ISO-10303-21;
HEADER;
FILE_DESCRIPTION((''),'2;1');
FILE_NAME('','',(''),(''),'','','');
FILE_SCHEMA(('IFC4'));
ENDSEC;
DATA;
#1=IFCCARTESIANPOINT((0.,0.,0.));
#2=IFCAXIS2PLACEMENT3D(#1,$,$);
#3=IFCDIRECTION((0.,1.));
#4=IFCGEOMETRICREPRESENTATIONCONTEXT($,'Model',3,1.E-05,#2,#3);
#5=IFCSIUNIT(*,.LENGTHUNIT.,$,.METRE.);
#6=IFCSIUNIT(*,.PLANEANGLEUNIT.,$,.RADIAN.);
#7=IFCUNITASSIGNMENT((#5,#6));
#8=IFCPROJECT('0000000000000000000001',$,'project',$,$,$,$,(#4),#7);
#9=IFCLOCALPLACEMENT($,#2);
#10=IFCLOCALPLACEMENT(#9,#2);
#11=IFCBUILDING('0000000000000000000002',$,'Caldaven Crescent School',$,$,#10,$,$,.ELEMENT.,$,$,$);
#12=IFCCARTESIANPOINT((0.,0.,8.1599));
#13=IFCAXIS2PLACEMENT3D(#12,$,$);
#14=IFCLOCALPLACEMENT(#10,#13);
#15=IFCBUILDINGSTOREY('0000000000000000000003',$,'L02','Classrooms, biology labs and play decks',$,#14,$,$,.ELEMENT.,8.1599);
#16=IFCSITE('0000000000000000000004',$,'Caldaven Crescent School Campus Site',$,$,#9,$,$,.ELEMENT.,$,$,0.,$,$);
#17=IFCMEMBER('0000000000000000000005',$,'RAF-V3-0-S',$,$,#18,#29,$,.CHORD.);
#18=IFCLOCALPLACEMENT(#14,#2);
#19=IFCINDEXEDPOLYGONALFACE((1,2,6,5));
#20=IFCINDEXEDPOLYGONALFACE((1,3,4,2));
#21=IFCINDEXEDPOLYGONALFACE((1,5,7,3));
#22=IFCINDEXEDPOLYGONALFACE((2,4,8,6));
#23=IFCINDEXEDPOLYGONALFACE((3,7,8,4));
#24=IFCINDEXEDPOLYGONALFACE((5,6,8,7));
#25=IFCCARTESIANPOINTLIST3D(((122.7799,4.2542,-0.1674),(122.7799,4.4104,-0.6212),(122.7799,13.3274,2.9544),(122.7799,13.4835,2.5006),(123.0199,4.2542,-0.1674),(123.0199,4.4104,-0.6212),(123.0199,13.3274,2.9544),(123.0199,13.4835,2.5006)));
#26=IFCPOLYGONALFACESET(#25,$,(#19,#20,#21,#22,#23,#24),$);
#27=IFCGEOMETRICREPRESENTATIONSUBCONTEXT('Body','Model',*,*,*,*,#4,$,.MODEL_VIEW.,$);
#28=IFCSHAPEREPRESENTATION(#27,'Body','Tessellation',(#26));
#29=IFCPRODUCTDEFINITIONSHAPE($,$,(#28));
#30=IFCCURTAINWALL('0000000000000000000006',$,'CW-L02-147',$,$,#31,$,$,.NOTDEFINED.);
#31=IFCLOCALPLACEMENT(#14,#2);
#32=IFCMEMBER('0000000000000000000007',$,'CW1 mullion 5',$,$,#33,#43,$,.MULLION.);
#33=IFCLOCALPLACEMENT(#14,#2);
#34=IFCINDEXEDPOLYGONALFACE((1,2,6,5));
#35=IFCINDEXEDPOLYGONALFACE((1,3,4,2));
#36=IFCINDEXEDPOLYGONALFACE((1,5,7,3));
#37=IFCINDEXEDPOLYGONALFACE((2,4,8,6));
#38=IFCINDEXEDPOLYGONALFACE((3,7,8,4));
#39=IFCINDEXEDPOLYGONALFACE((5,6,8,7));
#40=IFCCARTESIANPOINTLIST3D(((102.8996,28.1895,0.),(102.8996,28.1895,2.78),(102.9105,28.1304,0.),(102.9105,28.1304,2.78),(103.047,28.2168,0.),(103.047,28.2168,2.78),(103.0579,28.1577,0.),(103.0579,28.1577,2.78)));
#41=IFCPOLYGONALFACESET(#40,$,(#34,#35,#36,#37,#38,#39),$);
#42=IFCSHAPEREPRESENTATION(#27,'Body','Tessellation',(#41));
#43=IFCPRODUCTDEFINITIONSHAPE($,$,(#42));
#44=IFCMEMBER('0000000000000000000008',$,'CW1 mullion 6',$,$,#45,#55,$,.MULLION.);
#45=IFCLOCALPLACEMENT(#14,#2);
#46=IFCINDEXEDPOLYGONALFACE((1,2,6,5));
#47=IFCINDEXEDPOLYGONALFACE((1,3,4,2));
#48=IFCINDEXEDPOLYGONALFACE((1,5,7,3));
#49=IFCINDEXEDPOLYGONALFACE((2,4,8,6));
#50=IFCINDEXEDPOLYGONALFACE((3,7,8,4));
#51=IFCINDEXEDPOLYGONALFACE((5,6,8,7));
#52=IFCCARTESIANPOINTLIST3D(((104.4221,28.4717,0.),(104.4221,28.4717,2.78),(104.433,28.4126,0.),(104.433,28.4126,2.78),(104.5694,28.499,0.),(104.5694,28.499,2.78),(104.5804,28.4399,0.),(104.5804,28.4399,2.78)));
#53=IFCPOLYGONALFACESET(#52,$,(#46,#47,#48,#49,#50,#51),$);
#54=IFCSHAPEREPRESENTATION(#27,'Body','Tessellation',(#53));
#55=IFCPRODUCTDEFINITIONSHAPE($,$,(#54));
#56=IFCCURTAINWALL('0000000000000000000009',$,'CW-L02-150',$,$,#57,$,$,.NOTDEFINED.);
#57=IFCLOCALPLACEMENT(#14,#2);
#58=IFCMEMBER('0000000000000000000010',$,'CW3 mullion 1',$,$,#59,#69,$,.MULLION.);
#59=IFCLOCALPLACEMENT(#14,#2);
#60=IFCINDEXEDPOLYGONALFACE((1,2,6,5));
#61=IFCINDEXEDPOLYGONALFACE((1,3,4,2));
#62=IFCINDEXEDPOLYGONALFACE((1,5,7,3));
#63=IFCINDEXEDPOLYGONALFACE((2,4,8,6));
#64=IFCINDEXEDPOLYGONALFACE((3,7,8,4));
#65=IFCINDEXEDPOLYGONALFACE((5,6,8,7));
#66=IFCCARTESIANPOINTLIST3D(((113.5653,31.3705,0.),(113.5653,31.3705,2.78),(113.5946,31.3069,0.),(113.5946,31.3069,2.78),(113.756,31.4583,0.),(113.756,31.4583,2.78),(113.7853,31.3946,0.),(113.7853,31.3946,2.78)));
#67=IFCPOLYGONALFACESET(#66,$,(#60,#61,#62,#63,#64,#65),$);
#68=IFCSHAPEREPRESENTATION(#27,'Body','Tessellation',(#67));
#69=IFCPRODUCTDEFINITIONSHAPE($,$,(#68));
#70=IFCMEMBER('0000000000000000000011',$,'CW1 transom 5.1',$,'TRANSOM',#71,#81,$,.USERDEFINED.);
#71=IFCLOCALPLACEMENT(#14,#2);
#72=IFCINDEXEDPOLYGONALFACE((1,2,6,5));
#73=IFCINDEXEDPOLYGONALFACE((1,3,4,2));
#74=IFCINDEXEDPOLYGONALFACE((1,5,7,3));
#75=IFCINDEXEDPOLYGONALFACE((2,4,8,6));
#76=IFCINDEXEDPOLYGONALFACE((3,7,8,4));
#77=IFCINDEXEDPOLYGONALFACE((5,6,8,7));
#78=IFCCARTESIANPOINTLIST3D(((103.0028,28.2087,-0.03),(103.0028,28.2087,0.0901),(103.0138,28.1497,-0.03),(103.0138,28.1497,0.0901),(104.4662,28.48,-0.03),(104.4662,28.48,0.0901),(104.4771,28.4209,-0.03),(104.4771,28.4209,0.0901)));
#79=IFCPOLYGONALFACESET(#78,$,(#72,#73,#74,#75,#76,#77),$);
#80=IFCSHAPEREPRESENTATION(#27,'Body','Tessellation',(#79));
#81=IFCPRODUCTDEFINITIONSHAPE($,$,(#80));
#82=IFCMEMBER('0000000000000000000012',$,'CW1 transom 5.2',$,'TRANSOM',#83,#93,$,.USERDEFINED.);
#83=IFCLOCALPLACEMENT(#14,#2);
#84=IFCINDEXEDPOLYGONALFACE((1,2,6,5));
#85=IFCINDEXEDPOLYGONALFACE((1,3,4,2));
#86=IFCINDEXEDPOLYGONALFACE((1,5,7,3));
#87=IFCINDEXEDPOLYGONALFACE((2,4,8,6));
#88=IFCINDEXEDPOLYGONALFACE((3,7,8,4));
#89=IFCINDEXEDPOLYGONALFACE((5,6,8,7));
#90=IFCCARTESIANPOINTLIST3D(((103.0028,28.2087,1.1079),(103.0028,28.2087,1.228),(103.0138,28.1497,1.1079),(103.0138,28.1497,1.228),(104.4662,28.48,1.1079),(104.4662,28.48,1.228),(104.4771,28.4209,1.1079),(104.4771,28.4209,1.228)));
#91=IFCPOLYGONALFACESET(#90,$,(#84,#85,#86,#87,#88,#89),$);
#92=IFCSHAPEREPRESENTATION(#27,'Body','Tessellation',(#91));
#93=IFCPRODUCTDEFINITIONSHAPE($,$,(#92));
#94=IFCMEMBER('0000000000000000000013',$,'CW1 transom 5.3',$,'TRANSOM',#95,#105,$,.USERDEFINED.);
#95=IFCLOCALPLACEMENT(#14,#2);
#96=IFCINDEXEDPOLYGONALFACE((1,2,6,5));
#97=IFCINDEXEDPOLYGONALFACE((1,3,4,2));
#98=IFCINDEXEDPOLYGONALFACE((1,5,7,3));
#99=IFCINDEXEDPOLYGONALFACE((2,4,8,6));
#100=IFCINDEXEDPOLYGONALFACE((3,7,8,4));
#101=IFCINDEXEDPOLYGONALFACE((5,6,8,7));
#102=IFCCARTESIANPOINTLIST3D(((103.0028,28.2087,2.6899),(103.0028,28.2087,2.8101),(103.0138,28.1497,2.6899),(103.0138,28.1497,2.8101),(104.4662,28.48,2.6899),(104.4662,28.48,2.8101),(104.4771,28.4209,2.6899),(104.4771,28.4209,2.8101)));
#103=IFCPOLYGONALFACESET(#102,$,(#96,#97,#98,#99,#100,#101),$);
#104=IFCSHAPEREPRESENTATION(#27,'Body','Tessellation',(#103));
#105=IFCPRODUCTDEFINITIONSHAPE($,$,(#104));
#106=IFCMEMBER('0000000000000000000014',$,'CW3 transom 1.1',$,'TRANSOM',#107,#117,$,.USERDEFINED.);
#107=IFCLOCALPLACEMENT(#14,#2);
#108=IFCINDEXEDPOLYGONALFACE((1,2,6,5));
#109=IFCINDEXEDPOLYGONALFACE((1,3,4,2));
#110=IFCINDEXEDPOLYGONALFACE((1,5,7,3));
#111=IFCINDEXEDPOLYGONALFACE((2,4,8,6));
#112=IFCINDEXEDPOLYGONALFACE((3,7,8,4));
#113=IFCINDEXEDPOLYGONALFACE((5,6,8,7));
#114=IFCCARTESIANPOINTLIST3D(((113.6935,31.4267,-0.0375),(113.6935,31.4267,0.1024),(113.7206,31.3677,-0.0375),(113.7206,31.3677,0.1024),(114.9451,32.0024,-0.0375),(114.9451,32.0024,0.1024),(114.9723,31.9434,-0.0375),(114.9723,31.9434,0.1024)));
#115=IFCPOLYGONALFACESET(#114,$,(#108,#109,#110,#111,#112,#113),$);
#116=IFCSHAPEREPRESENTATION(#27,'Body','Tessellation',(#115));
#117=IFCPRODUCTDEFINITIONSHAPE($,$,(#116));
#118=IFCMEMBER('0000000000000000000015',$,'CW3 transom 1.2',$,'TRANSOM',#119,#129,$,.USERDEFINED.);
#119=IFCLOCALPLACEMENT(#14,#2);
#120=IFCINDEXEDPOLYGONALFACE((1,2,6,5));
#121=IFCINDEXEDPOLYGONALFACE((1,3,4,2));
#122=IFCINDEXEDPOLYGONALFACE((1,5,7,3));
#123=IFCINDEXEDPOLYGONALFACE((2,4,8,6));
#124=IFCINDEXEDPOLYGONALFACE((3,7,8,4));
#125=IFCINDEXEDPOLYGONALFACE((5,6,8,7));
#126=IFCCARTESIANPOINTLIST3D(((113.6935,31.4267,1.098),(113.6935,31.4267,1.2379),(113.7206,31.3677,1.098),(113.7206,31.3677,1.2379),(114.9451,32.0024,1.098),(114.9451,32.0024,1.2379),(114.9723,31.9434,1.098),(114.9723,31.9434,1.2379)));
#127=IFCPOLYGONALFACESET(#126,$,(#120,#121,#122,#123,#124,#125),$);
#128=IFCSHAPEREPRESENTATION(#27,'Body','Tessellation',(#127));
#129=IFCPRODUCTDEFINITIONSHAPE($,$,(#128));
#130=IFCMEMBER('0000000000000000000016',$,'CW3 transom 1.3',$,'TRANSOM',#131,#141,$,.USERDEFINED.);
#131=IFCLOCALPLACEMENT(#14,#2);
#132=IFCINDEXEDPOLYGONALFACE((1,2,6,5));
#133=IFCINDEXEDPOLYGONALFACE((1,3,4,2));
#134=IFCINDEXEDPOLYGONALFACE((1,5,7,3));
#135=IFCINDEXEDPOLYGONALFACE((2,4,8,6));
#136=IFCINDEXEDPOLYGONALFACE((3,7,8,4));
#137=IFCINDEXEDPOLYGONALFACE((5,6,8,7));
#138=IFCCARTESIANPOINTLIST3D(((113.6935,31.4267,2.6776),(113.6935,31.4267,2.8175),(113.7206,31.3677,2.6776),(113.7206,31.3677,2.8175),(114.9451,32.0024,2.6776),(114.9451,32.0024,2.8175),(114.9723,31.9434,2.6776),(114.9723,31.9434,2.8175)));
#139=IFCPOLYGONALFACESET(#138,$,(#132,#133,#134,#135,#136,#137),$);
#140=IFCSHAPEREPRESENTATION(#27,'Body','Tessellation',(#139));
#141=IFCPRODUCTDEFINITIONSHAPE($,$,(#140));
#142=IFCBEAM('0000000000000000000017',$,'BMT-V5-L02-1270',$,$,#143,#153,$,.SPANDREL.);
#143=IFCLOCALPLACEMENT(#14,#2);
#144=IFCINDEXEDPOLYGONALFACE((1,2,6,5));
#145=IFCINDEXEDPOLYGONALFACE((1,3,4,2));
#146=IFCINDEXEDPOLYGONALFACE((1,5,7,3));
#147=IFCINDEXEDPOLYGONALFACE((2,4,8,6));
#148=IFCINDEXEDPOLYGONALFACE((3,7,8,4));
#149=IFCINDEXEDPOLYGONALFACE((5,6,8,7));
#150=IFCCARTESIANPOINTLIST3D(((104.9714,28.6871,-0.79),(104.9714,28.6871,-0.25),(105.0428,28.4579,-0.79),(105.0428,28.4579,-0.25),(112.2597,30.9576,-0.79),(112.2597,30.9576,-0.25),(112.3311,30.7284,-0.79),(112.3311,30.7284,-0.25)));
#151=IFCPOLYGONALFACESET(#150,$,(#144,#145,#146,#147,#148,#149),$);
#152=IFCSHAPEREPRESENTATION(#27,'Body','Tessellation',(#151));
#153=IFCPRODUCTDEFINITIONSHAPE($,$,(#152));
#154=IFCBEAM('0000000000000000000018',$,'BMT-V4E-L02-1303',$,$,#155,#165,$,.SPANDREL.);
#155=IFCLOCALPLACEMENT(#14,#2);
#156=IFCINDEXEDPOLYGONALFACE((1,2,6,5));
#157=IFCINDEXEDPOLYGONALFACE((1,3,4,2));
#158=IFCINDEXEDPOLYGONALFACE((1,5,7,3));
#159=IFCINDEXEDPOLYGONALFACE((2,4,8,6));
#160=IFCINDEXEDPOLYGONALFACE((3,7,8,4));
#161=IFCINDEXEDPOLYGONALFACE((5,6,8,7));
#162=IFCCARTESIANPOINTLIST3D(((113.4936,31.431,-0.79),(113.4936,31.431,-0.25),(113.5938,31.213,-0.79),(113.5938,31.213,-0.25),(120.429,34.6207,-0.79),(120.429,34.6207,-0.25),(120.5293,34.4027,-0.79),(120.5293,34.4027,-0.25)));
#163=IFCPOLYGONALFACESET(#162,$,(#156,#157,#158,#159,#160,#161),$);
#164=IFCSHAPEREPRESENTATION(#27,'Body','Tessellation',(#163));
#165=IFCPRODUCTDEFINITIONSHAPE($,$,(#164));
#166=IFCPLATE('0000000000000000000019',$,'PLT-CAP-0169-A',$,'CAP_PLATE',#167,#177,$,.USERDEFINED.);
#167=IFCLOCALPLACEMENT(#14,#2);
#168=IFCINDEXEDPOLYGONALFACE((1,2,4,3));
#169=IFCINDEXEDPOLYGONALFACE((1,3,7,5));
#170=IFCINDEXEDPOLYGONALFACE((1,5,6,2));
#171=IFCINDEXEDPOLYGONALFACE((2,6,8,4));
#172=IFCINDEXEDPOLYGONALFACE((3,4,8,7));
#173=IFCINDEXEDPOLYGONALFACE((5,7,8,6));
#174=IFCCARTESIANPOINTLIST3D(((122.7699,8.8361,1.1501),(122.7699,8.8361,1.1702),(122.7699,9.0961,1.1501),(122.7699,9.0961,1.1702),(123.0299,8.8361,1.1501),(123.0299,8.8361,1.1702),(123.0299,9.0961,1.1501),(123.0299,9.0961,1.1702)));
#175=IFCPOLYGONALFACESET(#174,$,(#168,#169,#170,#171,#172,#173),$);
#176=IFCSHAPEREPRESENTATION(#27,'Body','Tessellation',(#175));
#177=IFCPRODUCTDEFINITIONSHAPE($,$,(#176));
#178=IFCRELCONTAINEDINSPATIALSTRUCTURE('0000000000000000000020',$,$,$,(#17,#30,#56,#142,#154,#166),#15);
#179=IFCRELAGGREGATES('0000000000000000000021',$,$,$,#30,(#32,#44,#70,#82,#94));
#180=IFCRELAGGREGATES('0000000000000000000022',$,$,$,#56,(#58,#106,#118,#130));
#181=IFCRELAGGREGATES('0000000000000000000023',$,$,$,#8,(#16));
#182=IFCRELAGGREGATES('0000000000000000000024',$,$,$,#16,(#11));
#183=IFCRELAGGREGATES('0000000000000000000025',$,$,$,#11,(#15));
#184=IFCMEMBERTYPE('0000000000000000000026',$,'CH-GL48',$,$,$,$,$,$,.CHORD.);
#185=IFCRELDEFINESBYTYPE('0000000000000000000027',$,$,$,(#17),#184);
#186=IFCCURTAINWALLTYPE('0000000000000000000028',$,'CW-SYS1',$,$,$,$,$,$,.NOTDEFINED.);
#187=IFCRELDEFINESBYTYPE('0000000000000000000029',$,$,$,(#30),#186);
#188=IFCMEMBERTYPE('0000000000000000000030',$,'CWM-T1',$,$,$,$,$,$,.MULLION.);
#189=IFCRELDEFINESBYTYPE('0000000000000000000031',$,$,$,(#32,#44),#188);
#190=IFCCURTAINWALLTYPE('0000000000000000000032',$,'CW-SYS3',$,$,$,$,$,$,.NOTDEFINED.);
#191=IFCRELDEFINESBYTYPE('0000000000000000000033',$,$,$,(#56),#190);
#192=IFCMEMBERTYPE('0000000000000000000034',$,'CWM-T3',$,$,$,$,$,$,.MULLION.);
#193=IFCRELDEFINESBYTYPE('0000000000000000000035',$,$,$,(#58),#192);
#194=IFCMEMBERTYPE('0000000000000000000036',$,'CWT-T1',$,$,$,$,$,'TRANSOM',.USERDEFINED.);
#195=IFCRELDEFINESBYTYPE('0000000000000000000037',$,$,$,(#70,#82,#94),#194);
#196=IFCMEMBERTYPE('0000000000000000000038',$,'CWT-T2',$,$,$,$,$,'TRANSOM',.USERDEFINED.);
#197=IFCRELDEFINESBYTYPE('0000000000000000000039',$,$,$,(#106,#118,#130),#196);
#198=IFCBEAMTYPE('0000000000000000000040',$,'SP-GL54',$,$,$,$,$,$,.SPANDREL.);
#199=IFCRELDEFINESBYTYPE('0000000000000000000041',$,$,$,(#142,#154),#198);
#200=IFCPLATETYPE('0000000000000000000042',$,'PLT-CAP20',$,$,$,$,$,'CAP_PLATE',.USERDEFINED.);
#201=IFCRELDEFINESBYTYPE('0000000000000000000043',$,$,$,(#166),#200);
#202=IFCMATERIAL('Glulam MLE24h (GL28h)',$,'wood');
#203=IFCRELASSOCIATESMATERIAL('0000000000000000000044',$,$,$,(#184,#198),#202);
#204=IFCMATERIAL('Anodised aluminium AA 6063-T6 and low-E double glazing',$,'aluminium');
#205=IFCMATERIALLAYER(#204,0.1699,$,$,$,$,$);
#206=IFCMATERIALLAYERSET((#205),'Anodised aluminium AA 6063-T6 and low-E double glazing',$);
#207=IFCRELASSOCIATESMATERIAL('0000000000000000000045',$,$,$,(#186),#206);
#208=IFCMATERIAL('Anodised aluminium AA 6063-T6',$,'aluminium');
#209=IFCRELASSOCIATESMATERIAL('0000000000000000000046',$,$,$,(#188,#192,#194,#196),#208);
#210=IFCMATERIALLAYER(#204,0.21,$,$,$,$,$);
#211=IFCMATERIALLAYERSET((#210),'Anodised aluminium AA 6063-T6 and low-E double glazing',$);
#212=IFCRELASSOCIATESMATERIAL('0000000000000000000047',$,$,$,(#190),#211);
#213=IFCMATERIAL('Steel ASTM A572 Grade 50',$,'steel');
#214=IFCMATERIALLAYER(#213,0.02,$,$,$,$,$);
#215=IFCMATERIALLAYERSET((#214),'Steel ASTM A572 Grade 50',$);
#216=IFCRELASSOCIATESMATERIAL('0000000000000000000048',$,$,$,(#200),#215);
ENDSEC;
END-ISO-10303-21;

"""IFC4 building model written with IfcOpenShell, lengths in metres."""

from ifc_helpers import new_model, si_unit, direction, frame, origin, origin_2d, place, context, subcontext, project, spatial, rectangle, extrude, material, layer, layer_set, material_profile, profile_set, type_object, element, aggregate, save


model = new_model("IFC4")

# Units and contexts
model_context = context("Model", 3, precision=1e-05, world=origin(), true_north=direction((0.0, 1.0)))
body_context = subcontext(model_context, "Body", "Model", "MODEL_VIEW")
ifc_project = project(units=[si_unit("LENGTHUNIT", "METRE"), si_unit("PLANEANGLEUNIT", "RADIAN")], contexts=[model_context])

# Site, building, storey
site_placement = place(None, origin())
site = spatial("IfcSite", under=ifc_project, at=site_placement, Name="Caldaven Crescent School Campus Site", CompositionType="ELEMENT", RefElevation=0.0)
building_placement = place(site_placement, origin())
building = spatial("IfcBuilding", under=site, at=building_placement, Name="Caldaven Crescent School", CompositionType="ELEMENT")
storey_placement = place(building_placement, frame((0.0, 0.0, 8.1599)))
storey = spatial("IfcBuildingStorey", under=building, at=storey_placement, Name="L02", Description="Classrooms, biology labs and play decks", CompositionType="ELEMENT", Elevation=8.1599)

# Shared definitions
ifc_material_1 = material(Name="Glulam MLE24h (GL28h)", Category="wood")

# Shared definitions
ifc_material_2 = material(Name="Steel ASTM A572 Grade 50", Category="steel")

# Member
ifc_material_profile_1 = material_profile(ifc_material_1, rectangle(XDim=0.24, YDim=0.48, at=origin_2d()), Name="MLE 240x480")
ifc_profile_set_1 = profile_set([ifc_material_profile_1], Name="Glulam MLE24h (GL28h)")
member_type_1 = type_object("IfcMemberType", Name="CH-GL48", PredefinedType="CHORD", material=ifc_profile_set_1)
member_1_placement = place(storey_placement, frame((122.8999, 4.3323, -0.3943), z_axis=(0.0, 0.945594, 0.32535), x_axis=(-1.0, 0.0, 0.0)))
element("IfcMember", 1, at=member_1_placement, inside=storey, type_object=member_type_1, Name="RAF-V3-0-S", PredefinedType="CHORD", context=body_context, shape_type="SweptSolid", body=[
    extrude(rectangle(XDim=0.24, YDim=0.48, at=origin_2d()), origin(), (0.0, 0.0, 1.0), 9.5952),
])

# Curtain wall, members
ifc_material_3 = material(Name="Anodised aluminium AA 6063-T6 and low-E double glazing", Category="aluminium")
ifc_layer_1 = layer(ifc_material_3, 0.1699)
ifc_layer_set_1 = layer_set([ifc_layer_1], Name="Anodised aluminium AA 6063-T6 and low-E double glazing")
curtain_wall_type_1 = type_object("IfcCurtainWallType", Name="CW-SYS1", PredefinedType="NOTDEFINED", material=ifc_layer_set_1)
curtain_wall_1_placement = place(storey_placement, origin())
curtain_wall_1 = element("IfcCurtainWall", 2, at=curtain_wall_1_placement, inside=storey, type_object=curtain_wall_type_1, Name="CW-L02-147", PredefinedType="NOTDEFINED")
ifc_material_4 = material(Name="Anodised aluminium AA 6063-T6", Category="aluminium")
ifc_material_profile_2 = material_profile(ifc_material_4, rectangle(XDim=0.0601, YDim=0.1499, at=origin_2d()), Name="CWM 60x150")
ifc_profile_set_2 = profile_set([ifc_material_profile_2], Name="Anodised aluminium AA 6063-T6")
member_type_2 = type_object("IfcMemberType", Name="CWM-T1", PredefinedType="MULLION", material=ifc_profile_set_2)
member_2_placement = place(storey_placement, frame((102.9788, 28.1736, 0.0), z_axis=(0.0, 0.0, 1.0), x_axis=(-0.182235, 0.983255, 0.0)))
member_2 = element("IfcMember", 3, at=member_2_placement, type_object=member_type_2, Name="CW1 mullion 5", PredefinedType="MULLION", context=body_context, shape_type="SweptSolid", body=[
    extrude(rectangle(XDim=0.0601, YDim=0.1499, at=origin_2d()), origin(), (0.0, 0.0, 1.0), 2.78),
])
member_3_placement = place(storey_placement, frame((104.5012, 28.4558, 0.0), z_axis=(0.0, 0.0, 1.0), x_axis=(-0.182235, 0.983255, 0.0)))
member_3 = element("IfcMember", 4, at=member_3_placement, type_object=member_type_2, Name="CW1 mullion 6", PredefinedType="MULLION", context=body_context, shape_type="SweptSolid", body=[
    extrude(rectangle(XDim=0.0601, YDim=0.1499, at=origin_2d()), origin(), (0.0, 0.0, 1.0), 2.78),
])

# Curtain wall, member
ifc_layer_2 = layer(ifc_material_3, 0.21)
ifc_layer_set_2 = layer_set([ifc_layer_2], Name="Anodised aluminium AA 6063-T6 and low-E double glazing")
curtain_wall_type_2 = type_object("IfcCurtainWallType", Name="CW-SYS3", PredefinedType="NOTDEFINED", material=ifc_layer_set_2)
curtain_wall_2_placement = place(storey_placement, origin())
curtain_wall_2 = element("IfcCurtainWall", 5, at=curtain_wall_2_placement, inside=storey, type_object=curtain_wall_type_2, Name="CW-L02-150", PredefinedType="NOTDEFINED")
ifc_material_profile_3 = material_profile(ifc_material_4, rectangle(XDim=0.0701, YDim=0.21, at=origin_2d()), Name="CWM 70x210")
ifc_profile_set_3 = profile_set([ifc_material_profile_3], Name="Anodised aluminium AA 6063-T6")
member_type_3 = type_object("IfcMemberType", Name="CWM-T3", PredefinedType="MULLION", material=ifc_profile_set_3)
member_4_placement = place(storey_placement, frame((113.6753, 31.3826, 0.0), z_axis=(0.0, 0.0, 1.0), x_axis=(-0.417823, 0.908528, 0.0)))
member_4 = element("IfcMember", 6, at=member_4_placement, type_object=member_type_3, Name="CW3 mullion 1", PredefinedType="MULLION", context=body_context, shape_type="SweptSolid", body=[
    extrude(rectangle(XDim=0.0701, YDim=0.21, at=origin_2d()), origin(), (0.0, 0.0, 1.0), 2.78),
])

# Members
ifc_material_profile_4 = material_profile(ifc_material_4, rectangle(XDim=0.0601, YDim=0.1201, at=origin_2d()), Name="CWT 60x120")
ifc_profile_set_4 = profile_set([ifc_material_profile_4], Name="Anodised aluminium AA 6063-T6")
member_type_4 = type_object("IfcMemberType", Name="CWT-T1", ElementType="TRANSOM", PredefinedType="USERDEFINED", material=ifc_profile_set_4)
member_5_placement = place(storey_placement, frame((103.0083, 28.1792, 0.03), z_axis=(0.983253, 0.182248, 0.0), x_axis=(-0.182248, 0.983253, 0.0)))
member_5 = element("IfcMember", 7, at=member_5_placement, type_object=member_type_4, Name="CW1 transom 5.1", ObjectType="TRANSOM", PredefinedType="USERDEFINED", context=body_context, shape_type="SweptSolid", body=[
    extrude(rectangle(XDim=0.0601, YDim=0.1201, at=origin_2d()), origin(), (0.0, 0.0, 1.0), 1.4883),
])
member_6_placement = place(storey_placement, frame((103.0083, 28.1792, 1.168), z_axis=(0.983253, 0.182248, 0.0), x_axis=(-0.182248, 0.983253, 0.0)))
member_6 = element("IfcMember", 8, at=member_6_placement, type_object=member_type_4, Name="CW1 transom 5.2", ObjectType="TRANSOM", PredefinedType="USERDEFINED", context=body_context, shape_type="SweptSolid", body=[
    extrude(rectangle(XDim=0.0601, YDim=0.1201, at=origin_2d()), origin(), (0.0, 0.0, 1.0), 1.4883),
])
member_7_placement = place(storey_placement, frame((103.0083, 28.1792, 2.75), z_axis=(0.983253, 0.182248, 0.0), x_axis=(-0.182248, 0.983253, 0.0)))
member_7 = element("IfcMember", 9, at=member_7_placement, type_object=member_type_4, Name="CW1 transom 5.3", ObjectType="TRANSOM", PredefinedType="USERDEFINED", context=body_context, shape_type="SweptSolid", body=[
    extrude(rectangle(XDim=0.0601, YDim=0.1201, at=origin_2d()), origin(), (0.0, 0.0, 1.0), 1.4883),
])
ifc_material_profile_5 = material_profile(ifc_material_4, rectangle(XDim=0.0649, YDim=0.1399, at=origin_2d()), Name="CWT 65x140")
ifc_profile_set_5 = profile_set([ifc_material_profile_5], Name="Anodised aluminium AA 6063-T6")
member_type_5 = type_object("IfcMemberType", Name="CWT-T2", ElementType="TRANSOM", PredefinedType="USERDEFINED", material=ifc_profile_set_5)
member_8_placement = place(storey_placement, frame((113.707, 31.3972, 0.0325), z_axis=(0.908519, 0.417844, 0.0), x_axis=(-0.417844, 0.908519, 0.0)))
member_8 = element("IfcMember", 10, at=member_8_placement, type_object=member_type_5, Name="CW3 transom 1.1", ObjectType="TRANSOM", PredefinedType="USERDEFINED", context=body_context, shape_type="SweptSolid", body=[
    extrude(rectangle(XDim=0.0649, YDim=0.1399, at=origin_2d()), origin(), (0.0, 0.0, 1.0), 1.3777),
])
member_9_placement = place(storey_placement, frame((113.707, 31.3972, 1.168), z_axis=(0.908519, 0.417844, 0.0), x_axis=(-0.417844, 0.908519, 0.0)))
member_9 = element("IfcMember", 11, at=member_9_placement, type_object=member_type_5, Name="CW3 transom 1.2", ObjectType="TRANSOM", PredefinedType="USERDEFINED", context=body_context, shape_type="SweptSolid", body=[
    extrude(rectangle(XDim=0.0649, YDim=0.1399, at=origin_2d()), origin(), (0.0, 0.0, 1.0), 1.3777),
])
member_10_placement = place(storey_placement, frame((113.707, 31.3972, 2.7476), z_axis=(0.908519, 0.417844, 0.0), x_axis=(-0.417844, 0.908519, 0.0)))
member_10 = element("IfcMember", 12, at=member_10_placement, type_object=member_type_5, Name="CW3 transom 1.3", ObjectType="TRANSOM", PredefinedType="USERDEFINED", context=body_context, shape_type="SweptSolid", body=[
    extrude(rectangle(XDim=0.0649, YDim=0.1399, at=origin_2d()), origin(), (0.0, 0.0, 1.0), 1.3777),
])

# Beams
ifc_material_profile_6 = material_profile(ifc_material_1, rectangle(XDim=0.24, YDim=0.54, at=origin_2d()), Name="MLE 240x540")
ifc_profile_set_6 = profile_set([ifc_material_profile_6], Name="Glulam MLE24h (GL28h)")
beam_type_1 = type_object("IfcBeamType", Name="SP-GL54", PredefinedType="SPANDREL", material=ifc_profile_set_6)
for number, where, z_axis, x_axis, name in (
    (13, (105.0071, 28.5725, -0.52), (0.954744, 0.297428, 0.0), (-0.297428, 0.954744, 0.0), "BMT-V5-L02-1270"),
    (14, (113.5437, 31.322, -0.52), (0.908523, 0.417835, 0.0), (-0.417835, 0.908523, 0.0), "BMT-V4E-L02-1303"),
):
    element("IfcBeam", number, at=place(storey_placement, frame(where, z_axis=z_axis, x_axis=x_axis)), inside=storey, type_object=beam_type_1, Name=name, PredefinedType="SPANDREL", context=body_context, shape_type="SweptSolid", body=[
        extrude(rectangle(XDim=0.24, YDim=0.54, at=origin_2d()), origin(), (0.0, 0.0, 1.0), 7.6338),
    ])

# Plate
ifc_layer_3 = layer(ifc_material_2, 0.02)
ifc_layer_set_3 = layer_set([ifc_layer_3], Name="Steel ASTM A572 Grade 50")
plate_type_1 = type_object("IfcPlateType", Name="PLT-CAP20", ElementType="CAP_PLATE", PredefinedType="USERDEFINED", material=ifc_layer_set_3)
plate_1_placement = place(storey_placement, frame((122.8999, 8.9661, 1.1501), z_axis=(0.0, 0.0, 1.0), x_axis=(0.0, 1.0, 0.0)))
element("IfcPlate", 15, at=plate_1_placement, inside=storey, type_object=plate_type_1, Name="PLT-CAP-0169-A", ObjectType="CAP_PLATE", PredefinedType="USERDEFINED", context=body_context, shape_type="SweptSolid", body=[
    extrude(rectangle(XDim=0.26, YDim=0.26, at=origin_2d()), origin(), (0.0, 0.0, 1.0), 0.02),
])
aggregate(curtain_wall_1, [member_2, member_3, member_5, member_6, member_7])
aggregate(curtain_wall_2, [member_4, member_8, member_9, member_10])

save(model, "model.ifc")
